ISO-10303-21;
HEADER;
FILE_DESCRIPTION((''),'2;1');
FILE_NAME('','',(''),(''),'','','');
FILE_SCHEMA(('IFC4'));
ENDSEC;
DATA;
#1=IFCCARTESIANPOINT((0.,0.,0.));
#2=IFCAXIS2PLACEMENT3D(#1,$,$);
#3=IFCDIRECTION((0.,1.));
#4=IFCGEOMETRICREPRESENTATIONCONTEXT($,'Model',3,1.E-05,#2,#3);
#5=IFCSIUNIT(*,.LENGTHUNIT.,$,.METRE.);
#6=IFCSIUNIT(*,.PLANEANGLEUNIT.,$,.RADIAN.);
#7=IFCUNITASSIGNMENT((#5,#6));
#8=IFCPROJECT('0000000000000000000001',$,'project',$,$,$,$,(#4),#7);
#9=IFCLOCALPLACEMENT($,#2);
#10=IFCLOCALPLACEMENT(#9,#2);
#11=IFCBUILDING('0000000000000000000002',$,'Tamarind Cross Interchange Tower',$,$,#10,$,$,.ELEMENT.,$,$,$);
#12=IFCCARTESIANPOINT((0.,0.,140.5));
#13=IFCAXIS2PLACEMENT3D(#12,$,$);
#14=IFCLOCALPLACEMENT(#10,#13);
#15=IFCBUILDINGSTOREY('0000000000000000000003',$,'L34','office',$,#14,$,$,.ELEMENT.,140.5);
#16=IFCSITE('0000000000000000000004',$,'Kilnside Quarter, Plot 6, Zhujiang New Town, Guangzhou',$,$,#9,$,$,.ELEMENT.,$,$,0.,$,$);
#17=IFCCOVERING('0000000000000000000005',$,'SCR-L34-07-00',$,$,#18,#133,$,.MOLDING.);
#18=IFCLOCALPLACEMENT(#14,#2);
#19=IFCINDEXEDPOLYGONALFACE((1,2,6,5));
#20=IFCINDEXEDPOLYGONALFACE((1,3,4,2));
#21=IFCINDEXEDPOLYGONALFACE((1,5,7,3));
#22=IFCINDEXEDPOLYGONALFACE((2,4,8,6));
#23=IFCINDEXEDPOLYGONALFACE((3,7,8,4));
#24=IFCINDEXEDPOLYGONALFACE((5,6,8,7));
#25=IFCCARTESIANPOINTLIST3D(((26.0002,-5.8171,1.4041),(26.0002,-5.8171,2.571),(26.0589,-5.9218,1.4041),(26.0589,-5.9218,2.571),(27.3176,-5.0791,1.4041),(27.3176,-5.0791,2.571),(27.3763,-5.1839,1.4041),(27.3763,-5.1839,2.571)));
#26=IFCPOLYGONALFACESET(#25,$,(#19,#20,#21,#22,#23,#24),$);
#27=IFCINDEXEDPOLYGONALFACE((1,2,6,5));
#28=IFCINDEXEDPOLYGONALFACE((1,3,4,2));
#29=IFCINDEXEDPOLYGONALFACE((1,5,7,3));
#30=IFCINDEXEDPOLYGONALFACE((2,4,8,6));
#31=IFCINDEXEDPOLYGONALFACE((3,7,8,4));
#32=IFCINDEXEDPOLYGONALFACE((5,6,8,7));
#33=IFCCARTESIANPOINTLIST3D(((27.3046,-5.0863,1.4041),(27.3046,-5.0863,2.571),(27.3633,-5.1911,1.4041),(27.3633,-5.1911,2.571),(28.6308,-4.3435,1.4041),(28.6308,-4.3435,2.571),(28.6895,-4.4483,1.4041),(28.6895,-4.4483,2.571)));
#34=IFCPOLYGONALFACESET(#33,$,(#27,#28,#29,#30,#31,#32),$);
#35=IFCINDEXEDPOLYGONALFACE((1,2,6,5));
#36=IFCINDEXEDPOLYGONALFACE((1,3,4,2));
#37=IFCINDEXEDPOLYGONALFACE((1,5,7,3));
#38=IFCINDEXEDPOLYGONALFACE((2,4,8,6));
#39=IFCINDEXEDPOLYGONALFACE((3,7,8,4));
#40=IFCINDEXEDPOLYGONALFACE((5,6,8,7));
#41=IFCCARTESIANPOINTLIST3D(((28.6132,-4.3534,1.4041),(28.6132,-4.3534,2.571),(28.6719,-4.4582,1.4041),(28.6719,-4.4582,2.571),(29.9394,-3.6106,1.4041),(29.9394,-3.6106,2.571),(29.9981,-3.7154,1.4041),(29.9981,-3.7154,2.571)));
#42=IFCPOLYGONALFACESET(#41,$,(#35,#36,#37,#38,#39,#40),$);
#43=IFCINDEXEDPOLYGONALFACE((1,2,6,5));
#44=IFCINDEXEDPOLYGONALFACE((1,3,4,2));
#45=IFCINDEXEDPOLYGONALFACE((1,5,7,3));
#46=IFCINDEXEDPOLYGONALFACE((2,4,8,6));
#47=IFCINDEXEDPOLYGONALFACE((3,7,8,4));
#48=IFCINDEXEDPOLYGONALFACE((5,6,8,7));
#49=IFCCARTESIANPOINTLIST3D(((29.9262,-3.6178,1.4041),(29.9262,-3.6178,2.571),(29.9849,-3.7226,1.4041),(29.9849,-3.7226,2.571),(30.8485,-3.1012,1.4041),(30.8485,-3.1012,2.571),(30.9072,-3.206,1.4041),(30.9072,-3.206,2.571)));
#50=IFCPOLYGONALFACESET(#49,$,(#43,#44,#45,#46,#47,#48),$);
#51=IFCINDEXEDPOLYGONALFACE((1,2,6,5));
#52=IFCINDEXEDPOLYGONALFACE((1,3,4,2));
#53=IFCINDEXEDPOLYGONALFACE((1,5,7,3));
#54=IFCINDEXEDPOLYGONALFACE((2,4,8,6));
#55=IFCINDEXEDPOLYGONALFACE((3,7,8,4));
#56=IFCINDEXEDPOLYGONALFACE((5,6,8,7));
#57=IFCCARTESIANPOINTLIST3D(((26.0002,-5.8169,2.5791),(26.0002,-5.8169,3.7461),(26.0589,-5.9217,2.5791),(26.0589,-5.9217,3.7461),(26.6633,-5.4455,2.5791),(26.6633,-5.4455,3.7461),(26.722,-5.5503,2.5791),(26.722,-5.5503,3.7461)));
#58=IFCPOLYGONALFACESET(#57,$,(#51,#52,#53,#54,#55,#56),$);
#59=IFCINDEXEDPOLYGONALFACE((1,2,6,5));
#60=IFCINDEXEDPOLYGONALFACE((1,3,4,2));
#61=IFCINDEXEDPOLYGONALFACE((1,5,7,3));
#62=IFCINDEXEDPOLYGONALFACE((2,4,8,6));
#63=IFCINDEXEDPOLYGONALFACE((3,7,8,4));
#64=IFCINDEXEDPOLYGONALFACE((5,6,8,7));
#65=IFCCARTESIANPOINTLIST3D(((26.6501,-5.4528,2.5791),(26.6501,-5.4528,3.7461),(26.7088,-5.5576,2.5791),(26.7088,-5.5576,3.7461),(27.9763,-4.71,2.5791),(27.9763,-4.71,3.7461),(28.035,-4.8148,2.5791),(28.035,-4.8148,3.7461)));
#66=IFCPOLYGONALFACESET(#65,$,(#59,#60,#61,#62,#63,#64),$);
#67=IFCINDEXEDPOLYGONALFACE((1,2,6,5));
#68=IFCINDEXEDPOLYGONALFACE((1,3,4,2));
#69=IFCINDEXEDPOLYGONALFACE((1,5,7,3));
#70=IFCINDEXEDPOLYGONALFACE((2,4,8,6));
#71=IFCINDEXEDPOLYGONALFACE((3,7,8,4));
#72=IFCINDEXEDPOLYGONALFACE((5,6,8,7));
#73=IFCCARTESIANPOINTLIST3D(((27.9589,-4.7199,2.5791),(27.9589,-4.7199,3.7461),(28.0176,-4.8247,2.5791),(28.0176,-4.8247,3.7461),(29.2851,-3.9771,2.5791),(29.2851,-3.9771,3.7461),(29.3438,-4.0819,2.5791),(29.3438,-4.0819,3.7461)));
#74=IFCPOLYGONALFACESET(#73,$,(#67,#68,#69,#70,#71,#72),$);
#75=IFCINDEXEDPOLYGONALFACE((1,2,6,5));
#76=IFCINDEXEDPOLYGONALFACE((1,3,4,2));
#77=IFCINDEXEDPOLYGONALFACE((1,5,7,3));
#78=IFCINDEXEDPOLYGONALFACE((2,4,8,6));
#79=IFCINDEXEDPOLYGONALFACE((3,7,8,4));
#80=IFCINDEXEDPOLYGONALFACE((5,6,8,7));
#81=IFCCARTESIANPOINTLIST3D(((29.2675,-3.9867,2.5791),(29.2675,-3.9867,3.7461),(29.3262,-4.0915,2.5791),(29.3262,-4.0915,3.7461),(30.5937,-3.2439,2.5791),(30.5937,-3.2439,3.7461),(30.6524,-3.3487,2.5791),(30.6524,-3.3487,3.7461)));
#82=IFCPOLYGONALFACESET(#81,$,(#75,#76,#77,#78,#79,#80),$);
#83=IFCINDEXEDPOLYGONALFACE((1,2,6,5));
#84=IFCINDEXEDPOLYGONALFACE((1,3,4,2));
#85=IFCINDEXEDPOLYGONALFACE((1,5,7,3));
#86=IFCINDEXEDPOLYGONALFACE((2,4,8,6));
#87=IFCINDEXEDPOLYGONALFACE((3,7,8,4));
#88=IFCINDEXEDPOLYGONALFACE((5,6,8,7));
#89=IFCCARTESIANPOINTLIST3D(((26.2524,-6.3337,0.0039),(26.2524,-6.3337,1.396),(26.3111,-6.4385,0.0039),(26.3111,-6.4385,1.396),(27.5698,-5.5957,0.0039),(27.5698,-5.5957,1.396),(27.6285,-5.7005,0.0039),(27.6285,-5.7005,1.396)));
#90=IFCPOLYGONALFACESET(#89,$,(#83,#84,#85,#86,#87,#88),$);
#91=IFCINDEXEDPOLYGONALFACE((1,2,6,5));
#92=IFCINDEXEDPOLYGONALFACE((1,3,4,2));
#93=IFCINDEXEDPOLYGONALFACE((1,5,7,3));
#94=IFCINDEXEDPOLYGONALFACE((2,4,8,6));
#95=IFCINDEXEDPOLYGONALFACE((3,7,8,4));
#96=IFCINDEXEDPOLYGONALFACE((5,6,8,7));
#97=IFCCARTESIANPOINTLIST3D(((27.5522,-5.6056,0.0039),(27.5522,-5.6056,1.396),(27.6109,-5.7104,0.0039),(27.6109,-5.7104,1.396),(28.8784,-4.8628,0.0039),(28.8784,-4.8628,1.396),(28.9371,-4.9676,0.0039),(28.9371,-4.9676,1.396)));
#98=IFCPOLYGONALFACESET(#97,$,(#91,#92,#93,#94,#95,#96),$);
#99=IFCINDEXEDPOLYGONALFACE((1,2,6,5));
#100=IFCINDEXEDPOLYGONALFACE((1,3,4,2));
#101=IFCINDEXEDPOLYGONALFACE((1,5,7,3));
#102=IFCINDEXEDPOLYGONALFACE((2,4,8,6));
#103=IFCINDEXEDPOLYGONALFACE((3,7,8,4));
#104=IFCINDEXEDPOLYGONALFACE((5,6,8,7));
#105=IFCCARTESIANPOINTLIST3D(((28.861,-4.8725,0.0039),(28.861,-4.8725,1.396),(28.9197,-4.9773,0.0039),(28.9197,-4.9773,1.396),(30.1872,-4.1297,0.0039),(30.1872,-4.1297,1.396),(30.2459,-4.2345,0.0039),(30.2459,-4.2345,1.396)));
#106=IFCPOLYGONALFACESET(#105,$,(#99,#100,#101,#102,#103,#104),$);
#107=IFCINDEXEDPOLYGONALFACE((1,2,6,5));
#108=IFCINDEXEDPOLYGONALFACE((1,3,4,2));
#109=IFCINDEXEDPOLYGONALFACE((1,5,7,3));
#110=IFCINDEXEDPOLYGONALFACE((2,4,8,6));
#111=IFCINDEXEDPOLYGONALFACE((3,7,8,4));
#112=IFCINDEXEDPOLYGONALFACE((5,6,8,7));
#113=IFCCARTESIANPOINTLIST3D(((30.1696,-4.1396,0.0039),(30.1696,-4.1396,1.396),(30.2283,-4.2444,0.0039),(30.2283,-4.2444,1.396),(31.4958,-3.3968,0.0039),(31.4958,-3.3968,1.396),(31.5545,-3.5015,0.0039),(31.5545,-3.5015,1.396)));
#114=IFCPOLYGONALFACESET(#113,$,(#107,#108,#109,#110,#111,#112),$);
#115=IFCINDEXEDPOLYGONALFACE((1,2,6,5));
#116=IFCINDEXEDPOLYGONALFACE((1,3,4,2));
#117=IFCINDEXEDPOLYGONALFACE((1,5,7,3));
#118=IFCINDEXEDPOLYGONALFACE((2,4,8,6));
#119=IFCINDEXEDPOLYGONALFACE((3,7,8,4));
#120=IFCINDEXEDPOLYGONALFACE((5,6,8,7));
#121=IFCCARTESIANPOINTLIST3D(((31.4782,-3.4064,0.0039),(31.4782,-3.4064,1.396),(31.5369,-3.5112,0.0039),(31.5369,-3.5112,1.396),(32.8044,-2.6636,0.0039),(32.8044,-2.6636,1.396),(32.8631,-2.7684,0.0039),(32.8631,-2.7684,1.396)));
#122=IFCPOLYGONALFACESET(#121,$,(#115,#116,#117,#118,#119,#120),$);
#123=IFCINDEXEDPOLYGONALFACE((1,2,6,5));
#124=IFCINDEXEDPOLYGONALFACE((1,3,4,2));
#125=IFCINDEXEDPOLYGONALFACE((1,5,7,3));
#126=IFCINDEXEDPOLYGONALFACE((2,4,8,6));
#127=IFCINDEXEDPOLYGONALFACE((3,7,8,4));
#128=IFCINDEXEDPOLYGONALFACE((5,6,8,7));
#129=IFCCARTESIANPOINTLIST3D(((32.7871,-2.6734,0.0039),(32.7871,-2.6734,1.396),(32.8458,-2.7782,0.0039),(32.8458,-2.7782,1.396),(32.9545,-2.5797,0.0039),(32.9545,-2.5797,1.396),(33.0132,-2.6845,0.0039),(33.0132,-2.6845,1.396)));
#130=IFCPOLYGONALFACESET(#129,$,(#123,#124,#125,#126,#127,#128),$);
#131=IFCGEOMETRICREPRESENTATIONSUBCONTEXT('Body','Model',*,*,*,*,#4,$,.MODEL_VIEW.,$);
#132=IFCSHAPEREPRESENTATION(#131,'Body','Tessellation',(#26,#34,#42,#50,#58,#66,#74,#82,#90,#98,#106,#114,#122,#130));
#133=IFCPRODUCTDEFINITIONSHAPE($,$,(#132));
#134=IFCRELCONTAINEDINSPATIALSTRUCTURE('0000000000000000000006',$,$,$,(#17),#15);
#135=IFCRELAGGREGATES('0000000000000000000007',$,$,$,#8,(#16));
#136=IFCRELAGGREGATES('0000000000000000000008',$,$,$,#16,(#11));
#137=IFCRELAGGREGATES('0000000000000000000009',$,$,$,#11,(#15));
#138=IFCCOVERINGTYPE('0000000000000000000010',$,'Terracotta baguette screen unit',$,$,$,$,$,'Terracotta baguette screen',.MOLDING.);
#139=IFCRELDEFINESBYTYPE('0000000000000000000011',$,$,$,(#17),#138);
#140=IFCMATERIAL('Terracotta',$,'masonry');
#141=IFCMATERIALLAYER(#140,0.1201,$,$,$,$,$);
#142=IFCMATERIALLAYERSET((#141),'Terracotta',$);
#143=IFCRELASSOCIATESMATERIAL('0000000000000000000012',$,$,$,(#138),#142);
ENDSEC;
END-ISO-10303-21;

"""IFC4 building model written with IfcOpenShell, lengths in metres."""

from ifc_helpers import new_model, si_unit, direction, frame, origin, origin_2d, place, context, subcontext, project, spatial, rectangle, extrude, material, layer, layer_set, type_object, element, save


model = new_model("IFC4")

# Units and contexts
model_context = context("Model", 3, precision=1e-05, world=origin(), true_north=direction((0.0, 1.0)))
body_context = subcontext(model_context, "Body", "Model", "MODEL_VIEW")
ifc_project = project(units=[si_unit("LENGTHUNIT", "METRE"), si_unit("PLANEANGLEUNIT", "RADIAN")], contexts=[model_context])

# Site, building, storey
site_placement = place(None, origin())
site = spatial("IfcSite", under=ifc_project, at=site_placement, Name="Kilnside Quarter, Plot 6, Zhujiang New Town, Guangzhou", CompositionType="ELEMENT", RefElevation=0.0)
building_placement = place(site_placement, origin())
building = spatial("IfcBuilding", under=site, at=building_placement, Name="Tamarind Cross Interchange Tower", CompositionType="ELEMENT")
storey_placement = place(building_placement, frame((0.0, 0.0, 140.5)))
storey = spatial("IfcBuildingStorey", under=building, at=storey_placement, Name="L34", Description="office", CompositionType="ELEMENT", Elevation=140.5)

# Covering
ifc_material_1 = material(Name="Terracotta", Category="masonry")
ifc_layer_1 = layer(ifc_material_1, 0.1201)
ifc_layer_set_1 = layer_set([ifc_layer_1], Name="Terracotta")
covering_type = type_object("IfcCoveringType", Name="Terracotta baguette screen unit", ElementType="Terracotta baguette screen", PredefinedType="MOLDING", material=ifc_layer_set_1)
covering_1_placement = place(storey_placement, origin())
element("IfcCovering", 1, at=covering_1_placement, inside=storey, type_object=covering_type, Name="SCR-L34-07-00", PredefinedType="MOLDING", context=body_context, shape_type="SweptSolid", body=[
    extrude(rectangle(XDim=1.51, YDim=0.1201, at=origin_2d()), frame((26.6882, -5.5005, 1.4041), z_axis=(0.0, 0.0, 1.0), x_axis=(0.872458, 0.488688, 0.0)), (0.0, 0.0, 1.0), 1.167),
    extrude(rectangle(XDim=1.52, YDim=0.1201, at=origin_2d()), frame((27.9971, -4.7673, 1.4041), z_axis=(0.0, 0.0, 1.0), x_axis=(0.872458, 0.488688, 0.0)), (0.0, 0.0, 1.0), 1.167),
    extrude(rectangle(XDim=1.52, YDim=0.1201, at=origin_2d()), frame((29.3057, -4.0344, 1.4041), z_axis=(0.0, 0.0, 1.0), x_axis=(0.872458, 0.488688, 0.0)), (0.0, 0.0, 1.0), 1.167),
    extrude(rectangle(XDim=1.0571, YDim=0.1201, at=origin_2d()), frame((30.4167, -3.4119, 1.4041), z_axis=(0.0, 0.0, 1.0), x_axis=(0.872458, 0.488688, 0.0)), (0.0, 0.0, 1.0), 1.167),
    extrude(rectangle(XDim=0.76, YDim=0.1201, at=origin_2d()), frame((26.3611, -5.6836, 2.5791), z_axis=(0.0, 0.0, 1.0), x_axis=(0.872458, 0.488688, 0.0)), (0.0, 0.0, 1.0), 1.167),
    extrude(rectangle(XDim=1.52, YDim=0.1201, at=origin_2d()), frame((27.3425, -5.1338, 2.5791), z_axis=(0.0, 0.0, 1.0), x_axis=(0.872458, 0.488688, 0.0)), (0.0, 0.0, 1.0), 1.167),
    extrude(rectangle(XDim=1.52, YDim=0.1201, at=origin_2d()), frame((28.6514, -4.4009, 2.5791), z_axis=(0.0, 0.0, 1.0), x_axis=(0.872458, 0.488688, 0.0)), (0.0, 0.0, 1.0), 1.167),
    extrude(rectangle(XDim=1.52, YDim=0.1201, at=origin_2d()), frame((29.96, -3.6677, 2.5791), z_axis=(0.0, 0.0, 1.0), x_axis=(0.872458, 0.488688, 0.0)), (0.0, 0.0, 1.0), 1.167),
    extrude(rectangle(XDim=1.51, YDim=0.1201, at=origin_2d()), frame((26.9404, -6.0171, 0.0039), z_axis=(0.0, 0.0, 1.0), x_axis=(0.872458, 0.488688, 0.0)), (0.0, 0.0, 1.0), 1.3921),
    extrude(rectangle(XDim=1.52, YDim=0.1201, at=origin_2d()), frame((28.2446, -5.2866, 0.0039), z_axis=(0.0, 0.0, 1.0), x_axis=(0.872458, 0.488688, 0.0)), (0.0, 0.0, 1.0), 1.3921),
    extrude(rectangle(XDim=1.52, YDim=0.1201, at=origin_2d()), frame((29.5535, -4.5535, 0.0039), z_axis=(0.0, 0.0, 1.0), x_axis=(0.872458, 0.488688, 0.0)), (0.0, 0.0, 1.0), 1.3921),
    extrude(rectangle(XDim=1.52, YDim=0.1201, at=origin_2d()), frame((30.8621, -3.8206, 0.0039), z_axis=(0.0, 0.0, 1.0), x_axis=(0.872458, 0.488688, 0.0)), (0.0, 0.0, 1.0), 1.3921),
    extrude(rectangle(XDim=1.52, YDim=0.1201, at=origin_2d()), frame((32.1707, -3.0874, 0.0039), z_axis=(0.0, 0.0, 1.0), x_axis=(0.872458, 0.488688, 0.0)), (0.0, 0.0, 1.0), 1.3921),
    extrude(rectangle(XDim=0.1919, YDim=0.1201, at=origin_2d()), frame((32.9001, -2.679, 0.0039), z_axis=(0.0, 0.0, 1.0), x_axis=(0.872458, 0.488688, 0.0)), (0.0, 0.0, 1.0), 1.3921),
])

save(model, "model.ifc")
